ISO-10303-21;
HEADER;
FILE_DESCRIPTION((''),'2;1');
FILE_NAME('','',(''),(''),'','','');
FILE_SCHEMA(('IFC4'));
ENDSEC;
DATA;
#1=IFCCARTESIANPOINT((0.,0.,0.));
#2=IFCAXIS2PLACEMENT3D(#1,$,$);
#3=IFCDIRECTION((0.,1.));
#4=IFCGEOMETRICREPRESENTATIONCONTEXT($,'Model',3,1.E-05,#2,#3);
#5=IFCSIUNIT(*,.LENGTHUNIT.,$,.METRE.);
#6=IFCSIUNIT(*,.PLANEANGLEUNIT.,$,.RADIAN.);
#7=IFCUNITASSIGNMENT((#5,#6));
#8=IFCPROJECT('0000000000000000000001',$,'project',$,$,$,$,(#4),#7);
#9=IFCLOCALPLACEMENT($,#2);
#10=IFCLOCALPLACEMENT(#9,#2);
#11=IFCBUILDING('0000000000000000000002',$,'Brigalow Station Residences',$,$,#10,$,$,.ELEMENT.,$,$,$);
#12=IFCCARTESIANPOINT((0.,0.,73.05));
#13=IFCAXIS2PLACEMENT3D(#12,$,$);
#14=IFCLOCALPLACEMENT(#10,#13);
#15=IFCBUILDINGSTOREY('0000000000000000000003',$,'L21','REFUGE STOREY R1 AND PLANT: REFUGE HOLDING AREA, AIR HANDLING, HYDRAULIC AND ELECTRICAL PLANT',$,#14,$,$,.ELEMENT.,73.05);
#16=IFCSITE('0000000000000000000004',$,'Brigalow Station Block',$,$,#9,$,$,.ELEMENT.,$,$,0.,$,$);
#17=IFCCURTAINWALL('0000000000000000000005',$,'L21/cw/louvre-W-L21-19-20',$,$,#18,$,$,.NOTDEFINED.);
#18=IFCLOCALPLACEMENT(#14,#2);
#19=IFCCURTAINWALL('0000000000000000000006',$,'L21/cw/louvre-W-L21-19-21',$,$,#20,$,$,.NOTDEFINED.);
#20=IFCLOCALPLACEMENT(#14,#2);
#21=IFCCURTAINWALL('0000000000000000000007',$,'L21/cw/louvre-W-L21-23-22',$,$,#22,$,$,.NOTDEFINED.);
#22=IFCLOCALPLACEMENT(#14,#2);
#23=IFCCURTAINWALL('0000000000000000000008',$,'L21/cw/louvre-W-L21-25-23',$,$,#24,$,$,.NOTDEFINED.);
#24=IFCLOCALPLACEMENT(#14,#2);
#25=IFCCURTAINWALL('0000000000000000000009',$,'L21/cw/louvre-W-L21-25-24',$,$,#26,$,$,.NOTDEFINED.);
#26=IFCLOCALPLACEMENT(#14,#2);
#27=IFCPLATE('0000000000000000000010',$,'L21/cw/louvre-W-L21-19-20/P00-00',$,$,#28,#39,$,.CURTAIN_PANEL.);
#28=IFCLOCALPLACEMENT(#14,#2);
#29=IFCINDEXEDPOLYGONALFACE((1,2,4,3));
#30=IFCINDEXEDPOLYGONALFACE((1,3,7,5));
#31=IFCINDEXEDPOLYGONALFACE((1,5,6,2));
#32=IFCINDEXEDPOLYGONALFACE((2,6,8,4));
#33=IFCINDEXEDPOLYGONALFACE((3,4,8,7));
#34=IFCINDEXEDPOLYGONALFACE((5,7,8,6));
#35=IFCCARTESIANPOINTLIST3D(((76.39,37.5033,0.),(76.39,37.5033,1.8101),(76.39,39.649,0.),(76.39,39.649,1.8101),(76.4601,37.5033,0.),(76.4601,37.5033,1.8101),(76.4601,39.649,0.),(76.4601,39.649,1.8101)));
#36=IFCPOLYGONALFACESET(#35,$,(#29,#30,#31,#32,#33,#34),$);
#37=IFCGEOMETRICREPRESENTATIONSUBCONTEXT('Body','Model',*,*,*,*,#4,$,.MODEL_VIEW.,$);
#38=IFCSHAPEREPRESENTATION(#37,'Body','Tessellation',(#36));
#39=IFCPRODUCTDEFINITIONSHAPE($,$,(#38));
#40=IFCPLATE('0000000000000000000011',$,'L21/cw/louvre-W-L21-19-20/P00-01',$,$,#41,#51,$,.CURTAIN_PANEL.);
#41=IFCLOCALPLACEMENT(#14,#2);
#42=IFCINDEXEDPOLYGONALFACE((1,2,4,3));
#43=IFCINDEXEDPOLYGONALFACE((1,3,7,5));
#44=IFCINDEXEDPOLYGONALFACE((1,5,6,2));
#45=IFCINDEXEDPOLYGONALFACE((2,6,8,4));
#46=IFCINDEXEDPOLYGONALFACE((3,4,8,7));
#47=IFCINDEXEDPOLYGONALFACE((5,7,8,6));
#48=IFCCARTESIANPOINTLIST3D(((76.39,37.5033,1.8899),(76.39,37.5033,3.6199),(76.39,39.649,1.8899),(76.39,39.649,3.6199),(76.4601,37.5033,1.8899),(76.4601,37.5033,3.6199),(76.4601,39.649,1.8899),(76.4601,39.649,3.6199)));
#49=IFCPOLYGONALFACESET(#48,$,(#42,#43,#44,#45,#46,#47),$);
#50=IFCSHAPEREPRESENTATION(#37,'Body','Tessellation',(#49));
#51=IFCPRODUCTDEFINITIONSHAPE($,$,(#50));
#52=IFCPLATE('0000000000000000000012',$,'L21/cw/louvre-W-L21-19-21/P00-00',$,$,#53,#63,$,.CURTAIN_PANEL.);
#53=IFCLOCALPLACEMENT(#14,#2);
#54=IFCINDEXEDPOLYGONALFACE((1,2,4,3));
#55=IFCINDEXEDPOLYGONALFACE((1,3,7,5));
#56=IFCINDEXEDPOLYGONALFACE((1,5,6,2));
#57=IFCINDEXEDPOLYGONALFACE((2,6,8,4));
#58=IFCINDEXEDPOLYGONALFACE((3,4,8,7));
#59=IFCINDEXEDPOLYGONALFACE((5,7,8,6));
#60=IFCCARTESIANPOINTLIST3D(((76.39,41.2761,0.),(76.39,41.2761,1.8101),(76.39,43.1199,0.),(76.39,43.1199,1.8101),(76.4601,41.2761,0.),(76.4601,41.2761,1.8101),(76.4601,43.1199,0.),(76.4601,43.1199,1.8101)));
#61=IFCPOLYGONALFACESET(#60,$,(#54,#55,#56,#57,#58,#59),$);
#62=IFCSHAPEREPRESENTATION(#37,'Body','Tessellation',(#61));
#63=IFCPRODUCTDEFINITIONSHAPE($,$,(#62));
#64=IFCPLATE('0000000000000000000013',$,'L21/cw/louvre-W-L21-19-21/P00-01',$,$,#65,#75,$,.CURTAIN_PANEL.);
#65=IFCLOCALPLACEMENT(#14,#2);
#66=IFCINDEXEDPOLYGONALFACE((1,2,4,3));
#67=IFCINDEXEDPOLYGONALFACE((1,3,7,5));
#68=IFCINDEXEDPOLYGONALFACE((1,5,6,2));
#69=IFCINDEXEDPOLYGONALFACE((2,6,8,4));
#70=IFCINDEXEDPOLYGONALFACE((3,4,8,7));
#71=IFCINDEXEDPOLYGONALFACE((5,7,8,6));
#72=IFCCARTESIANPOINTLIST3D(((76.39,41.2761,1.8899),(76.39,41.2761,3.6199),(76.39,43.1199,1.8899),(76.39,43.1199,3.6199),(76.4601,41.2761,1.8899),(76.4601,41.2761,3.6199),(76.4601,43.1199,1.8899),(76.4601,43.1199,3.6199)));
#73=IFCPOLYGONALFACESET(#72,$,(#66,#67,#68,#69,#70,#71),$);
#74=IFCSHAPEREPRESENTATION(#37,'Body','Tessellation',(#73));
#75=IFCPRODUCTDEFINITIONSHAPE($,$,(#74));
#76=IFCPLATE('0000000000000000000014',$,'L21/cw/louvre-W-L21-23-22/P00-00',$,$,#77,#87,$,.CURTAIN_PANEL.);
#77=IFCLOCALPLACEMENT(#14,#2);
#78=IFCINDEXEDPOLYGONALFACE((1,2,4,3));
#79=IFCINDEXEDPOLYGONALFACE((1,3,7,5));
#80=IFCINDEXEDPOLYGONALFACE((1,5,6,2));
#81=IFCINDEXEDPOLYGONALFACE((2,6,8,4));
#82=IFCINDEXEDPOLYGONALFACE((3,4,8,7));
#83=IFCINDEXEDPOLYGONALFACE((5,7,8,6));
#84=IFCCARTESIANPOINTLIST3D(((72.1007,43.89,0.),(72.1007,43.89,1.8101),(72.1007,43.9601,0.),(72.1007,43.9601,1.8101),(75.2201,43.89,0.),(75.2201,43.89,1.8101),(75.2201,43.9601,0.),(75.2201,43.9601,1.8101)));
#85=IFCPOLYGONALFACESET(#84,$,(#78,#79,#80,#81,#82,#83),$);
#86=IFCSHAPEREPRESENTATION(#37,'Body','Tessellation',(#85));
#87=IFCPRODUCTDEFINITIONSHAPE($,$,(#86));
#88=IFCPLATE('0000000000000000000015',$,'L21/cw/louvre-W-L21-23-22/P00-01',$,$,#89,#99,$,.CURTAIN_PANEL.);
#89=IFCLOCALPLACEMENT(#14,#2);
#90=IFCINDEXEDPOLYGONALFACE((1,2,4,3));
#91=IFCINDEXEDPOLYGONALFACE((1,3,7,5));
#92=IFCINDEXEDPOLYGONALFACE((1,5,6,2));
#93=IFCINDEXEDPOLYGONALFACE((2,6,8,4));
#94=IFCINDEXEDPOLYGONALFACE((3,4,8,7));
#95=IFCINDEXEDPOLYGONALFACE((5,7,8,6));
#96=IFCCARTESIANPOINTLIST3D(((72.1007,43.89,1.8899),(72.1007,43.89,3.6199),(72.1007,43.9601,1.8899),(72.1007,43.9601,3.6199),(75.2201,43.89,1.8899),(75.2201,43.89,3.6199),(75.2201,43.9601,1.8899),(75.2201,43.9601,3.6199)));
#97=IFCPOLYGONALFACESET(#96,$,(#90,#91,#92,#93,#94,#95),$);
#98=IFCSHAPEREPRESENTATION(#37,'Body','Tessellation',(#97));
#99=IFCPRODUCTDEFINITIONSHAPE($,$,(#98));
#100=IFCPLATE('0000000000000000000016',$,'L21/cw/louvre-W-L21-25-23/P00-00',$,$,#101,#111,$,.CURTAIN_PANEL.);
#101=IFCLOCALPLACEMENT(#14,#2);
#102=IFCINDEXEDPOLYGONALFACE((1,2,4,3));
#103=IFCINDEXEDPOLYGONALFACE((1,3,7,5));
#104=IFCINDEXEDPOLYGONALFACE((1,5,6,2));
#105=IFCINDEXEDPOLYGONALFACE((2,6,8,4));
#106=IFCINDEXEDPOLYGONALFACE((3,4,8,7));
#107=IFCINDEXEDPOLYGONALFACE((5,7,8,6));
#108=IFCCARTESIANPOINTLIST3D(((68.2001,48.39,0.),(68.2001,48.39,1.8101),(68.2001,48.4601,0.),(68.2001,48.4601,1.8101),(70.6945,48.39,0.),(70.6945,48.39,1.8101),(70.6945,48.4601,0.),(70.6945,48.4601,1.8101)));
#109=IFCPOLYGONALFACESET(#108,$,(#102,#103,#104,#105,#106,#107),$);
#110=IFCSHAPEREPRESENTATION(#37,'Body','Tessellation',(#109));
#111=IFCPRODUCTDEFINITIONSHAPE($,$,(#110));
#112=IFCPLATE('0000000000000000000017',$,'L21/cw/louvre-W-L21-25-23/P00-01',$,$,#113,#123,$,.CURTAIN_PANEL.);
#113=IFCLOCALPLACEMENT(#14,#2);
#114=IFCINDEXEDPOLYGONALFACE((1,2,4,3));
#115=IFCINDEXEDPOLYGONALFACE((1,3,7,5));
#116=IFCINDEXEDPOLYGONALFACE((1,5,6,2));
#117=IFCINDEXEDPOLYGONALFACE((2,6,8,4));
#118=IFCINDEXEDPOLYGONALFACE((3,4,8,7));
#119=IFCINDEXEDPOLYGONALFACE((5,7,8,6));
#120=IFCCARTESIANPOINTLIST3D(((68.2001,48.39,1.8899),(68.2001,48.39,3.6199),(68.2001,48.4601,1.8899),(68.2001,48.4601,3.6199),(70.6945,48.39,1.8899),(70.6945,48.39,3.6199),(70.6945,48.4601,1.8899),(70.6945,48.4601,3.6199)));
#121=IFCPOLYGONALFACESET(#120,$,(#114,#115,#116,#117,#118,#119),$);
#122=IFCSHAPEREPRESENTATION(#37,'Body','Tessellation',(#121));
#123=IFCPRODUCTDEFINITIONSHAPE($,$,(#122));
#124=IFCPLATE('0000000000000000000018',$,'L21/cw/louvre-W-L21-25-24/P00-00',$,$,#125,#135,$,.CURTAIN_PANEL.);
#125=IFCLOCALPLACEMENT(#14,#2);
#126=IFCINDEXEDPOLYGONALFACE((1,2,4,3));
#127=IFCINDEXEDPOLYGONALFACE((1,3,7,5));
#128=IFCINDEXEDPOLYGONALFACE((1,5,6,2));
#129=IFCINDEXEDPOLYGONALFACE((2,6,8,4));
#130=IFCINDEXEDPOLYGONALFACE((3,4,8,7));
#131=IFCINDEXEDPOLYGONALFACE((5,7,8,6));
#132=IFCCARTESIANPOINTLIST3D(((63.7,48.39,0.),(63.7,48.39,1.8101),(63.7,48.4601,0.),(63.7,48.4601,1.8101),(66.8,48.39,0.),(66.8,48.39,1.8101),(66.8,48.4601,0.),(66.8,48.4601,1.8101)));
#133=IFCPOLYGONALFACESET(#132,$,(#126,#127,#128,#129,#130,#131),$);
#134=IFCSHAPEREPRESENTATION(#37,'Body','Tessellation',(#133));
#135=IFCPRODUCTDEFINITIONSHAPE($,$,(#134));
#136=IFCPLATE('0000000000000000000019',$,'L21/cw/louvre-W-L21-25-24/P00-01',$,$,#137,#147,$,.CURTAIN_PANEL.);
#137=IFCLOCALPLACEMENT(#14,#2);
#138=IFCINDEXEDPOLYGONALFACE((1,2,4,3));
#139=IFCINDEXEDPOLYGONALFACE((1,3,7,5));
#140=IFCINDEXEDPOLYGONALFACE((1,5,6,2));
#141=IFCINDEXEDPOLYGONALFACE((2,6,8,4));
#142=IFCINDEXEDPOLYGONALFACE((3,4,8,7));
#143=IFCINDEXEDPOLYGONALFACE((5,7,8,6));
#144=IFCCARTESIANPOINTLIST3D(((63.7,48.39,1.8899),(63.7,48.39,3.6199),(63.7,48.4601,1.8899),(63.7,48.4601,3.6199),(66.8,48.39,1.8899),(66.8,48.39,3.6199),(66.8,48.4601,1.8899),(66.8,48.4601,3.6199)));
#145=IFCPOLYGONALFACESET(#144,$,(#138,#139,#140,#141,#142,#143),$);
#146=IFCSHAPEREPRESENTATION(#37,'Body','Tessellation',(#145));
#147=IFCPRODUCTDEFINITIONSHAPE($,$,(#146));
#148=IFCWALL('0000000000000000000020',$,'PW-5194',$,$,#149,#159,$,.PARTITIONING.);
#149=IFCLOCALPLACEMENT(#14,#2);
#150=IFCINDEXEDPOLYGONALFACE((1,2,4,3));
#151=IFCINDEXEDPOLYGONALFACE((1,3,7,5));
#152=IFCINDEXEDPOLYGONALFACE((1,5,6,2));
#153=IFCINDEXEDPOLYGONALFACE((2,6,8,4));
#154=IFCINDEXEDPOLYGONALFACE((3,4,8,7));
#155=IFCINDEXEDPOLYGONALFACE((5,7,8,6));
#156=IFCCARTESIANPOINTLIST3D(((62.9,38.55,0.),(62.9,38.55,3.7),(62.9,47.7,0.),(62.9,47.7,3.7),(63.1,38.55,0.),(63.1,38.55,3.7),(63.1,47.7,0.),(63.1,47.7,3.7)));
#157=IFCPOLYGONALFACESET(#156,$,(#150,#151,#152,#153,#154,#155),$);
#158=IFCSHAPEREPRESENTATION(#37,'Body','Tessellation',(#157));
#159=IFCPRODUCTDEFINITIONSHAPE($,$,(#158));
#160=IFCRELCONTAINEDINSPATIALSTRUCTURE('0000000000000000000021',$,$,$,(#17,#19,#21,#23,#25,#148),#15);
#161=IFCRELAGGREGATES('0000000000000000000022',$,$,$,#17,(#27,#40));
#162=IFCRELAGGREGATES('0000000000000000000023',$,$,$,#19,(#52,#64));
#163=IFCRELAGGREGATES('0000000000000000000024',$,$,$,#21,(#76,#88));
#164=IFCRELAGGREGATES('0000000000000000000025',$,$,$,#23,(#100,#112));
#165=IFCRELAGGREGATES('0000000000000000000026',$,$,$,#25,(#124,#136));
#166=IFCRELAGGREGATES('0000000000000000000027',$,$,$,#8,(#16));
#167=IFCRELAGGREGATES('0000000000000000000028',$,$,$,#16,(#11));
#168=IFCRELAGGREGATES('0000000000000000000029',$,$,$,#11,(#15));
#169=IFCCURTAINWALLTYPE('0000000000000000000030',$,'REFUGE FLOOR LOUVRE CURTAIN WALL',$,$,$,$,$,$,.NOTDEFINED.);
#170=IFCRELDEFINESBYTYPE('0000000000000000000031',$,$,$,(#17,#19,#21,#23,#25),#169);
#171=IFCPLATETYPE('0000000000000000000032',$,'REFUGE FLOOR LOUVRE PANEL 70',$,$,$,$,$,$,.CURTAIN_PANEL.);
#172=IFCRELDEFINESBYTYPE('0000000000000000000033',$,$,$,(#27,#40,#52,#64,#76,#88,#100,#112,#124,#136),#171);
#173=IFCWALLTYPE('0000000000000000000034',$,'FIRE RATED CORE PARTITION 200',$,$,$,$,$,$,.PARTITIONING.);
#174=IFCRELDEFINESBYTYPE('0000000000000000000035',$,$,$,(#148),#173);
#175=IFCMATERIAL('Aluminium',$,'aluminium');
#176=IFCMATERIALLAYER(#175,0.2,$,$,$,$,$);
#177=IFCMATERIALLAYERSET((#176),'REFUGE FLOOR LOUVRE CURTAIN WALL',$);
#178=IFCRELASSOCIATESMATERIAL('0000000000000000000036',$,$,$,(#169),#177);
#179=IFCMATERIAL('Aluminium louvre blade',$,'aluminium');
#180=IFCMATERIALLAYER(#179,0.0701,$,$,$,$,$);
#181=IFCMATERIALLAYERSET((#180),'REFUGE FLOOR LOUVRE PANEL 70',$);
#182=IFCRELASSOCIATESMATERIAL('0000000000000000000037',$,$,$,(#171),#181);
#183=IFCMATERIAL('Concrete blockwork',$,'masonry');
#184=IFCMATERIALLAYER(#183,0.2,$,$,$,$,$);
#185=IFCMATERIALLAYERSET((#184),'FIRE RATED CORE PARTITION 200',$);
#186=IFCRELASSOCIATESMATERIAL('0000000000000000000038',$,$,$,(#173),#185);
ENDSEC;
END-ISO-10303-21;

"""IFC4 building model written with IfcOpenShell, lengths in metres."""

from ifc_helpers import new_model, si_unit, direction, frame, frame_2d, origin, origin_2d, place, context, subcontext, project, spatial, rectangle, extrude, material, layer, layer_set, type_object, element, aggregate, save


model = new_model("IFC4")

# Units and contexts
model_context = context("Model", 3, precision=1e-05, world=origin(), true_north=direction((0.0, 1.0)))
body_context = subcontext(model_context, "Body", "Model", "MODEL_VIEW")
ifc_project = project(units=[si_unit("LENGTHUNIT", "METRE"), si_unit("PLANEANGLEUNIT", "RADIAN")], contexts=[model_context])

# Site, building, storey
site_placement = place(None, origin())
site = spatial("IfcSite", under=ifc_project, at=site_placement, Name="Brigalow Station Block", CompositionType="ELEMENT", RefElevation=0.0)
building_placement = place(site_placement, origin())
building = spatial("IfcBuilding", under=site, at=building_placement, Name="Brigalow Station Residences", CompositionType="ELEMENT")
storey_placement = place(building_placement, frame((0.0, 0.0, 73.05)))
storey = spatial("IfcBuildingStorey", under=building, at=storey_placement, Name="L21", Description="REFUGE STOREY R1 AND PLANT: REFUGE HOLDING AREA, AIR HANDLING, HYDRAULIC AND ELECTRICAL PLANT", CompositionType="ELEMENT", Elevation=73.05)

# Curtain wall
ifc_material_1 = material(Name="Aluminium", Category="aluminium")
ifc_layer_1 = layer(ifc_material_1, 0.2)
ifc_layer_set_1 = layer_set([ifc_layer_1], Name="REFUGE FLOOR LOUVRE CURTAIN WALL")
curtain_wall_type = type_object("IfcCurtainWallType", Name="REFUGE FLOOR LOUVRE CURTAIN WALL", PredefinedType="NOTDEFINED", material=ifc_layer_set_1)
curtain_wall_1_placement = place(storey_placement, origin())
curtain_wall_1 = element("IfcCurtainWall", 1, at=curtain_wall_1_placement, inside=storey, type_object=curtain_wall_type, Name="L21/cw/louvre-W-L21-19-20", PredefinedType="NOTDEFINED")

# Curtain walls
curtain_wall_2_placement = place(storey_placement, origin())
curtain_wall_2 = element("IfcCurtainWall", 2, at=curtain_wall_2_placement, inside=storey, type_object=curtain_wall_type, Name="L21/cw/louvre-W-L21-19-21", PredefinedType="NOTDEFINED")
curtain_wall_3_placement = place(storey_placement, origin())
curtain_wall_3 = element("IfcCurtainWall", 3, at=curtain_wall_3_placement, inside=storey, type_object=curtain_wall_type, Name="L21/cw/louvre-W-L21-23-22", PredefinedType="NOTDEFINED")
curtain_wall_4_placement = place(storey_placement, origin())
curtain_wall_4 = element("IfcCurtainWall", 4, at=curtain_wall_4_placement, inside=storey, type_object=curtain_wall_type, Name="L21/cw/louvre-W-L21-25-23", PredefinedType="NOTDEFINED")
curtain_wall_5_placement = place(storey_placement, origin())
curtain_wall_5 = element("IfcCurtainWall", 5, at=curtain_wall_5_placement, inside=storey, type_object=curtain_wall_type, Name="L21/cw/louvre-W-L21-25-24", PredefinedType="NOTDEFINED")

# Plates
ifc_material_2 = material(Name="Aluminium louvre blade", Category="aluminium")
ifc_layer_2 = layer(ifc_material_2, 0.0701)
ifc_layer_set_2 = layer_set([ifc_layer_2], Name="REFUGE FLOOR LOUVRE PANEL 70")
plate_type = type_object("IfcPlateType", Name="REFUGE FLOOR LOUVRE PANEL 70", PredefinedType="CURTAIN_PANEL", material=ifc_layer_set_2)
plate_1_placement = place(storey_placement, frame((76.425, 38.5762, 0.0), z_axis=(0.0, 0.0, 1.0), x_axis=(0.0, 1.0, 0.0)))
plate_1 = element("IfcPlate", 6, at=plate_1_placement, type_object=plate_type, Name="L21/cw/louvre-W-L21-19-20/P00-00", PredefinedType="CURTAIN_PANEL", context=body_context, shape_type="SweptSolid", body=[
    extrude(rectangle(XDim=2.1458, YDim=0.0701, at=origin_2d()), origin(), (0.0, 0.0, 1.0), 1.8101),
])
plate_2_placement = place(storey_placement, frame((76.425, 38.5762, 1.8899), z_axis=(0.0, 0.0, 1.0), x_axis=(0.0, 1.0, 0.0)))
plate_2 = element("IfcPlate", 7, at=plate_2_placement, type_object=plate_type, Name="L21/cw/louvre-W-L21-19-20/P00-01", PredefinedType="CURTAIN_PANEL", context=body_context, shape_type="SweptSolid", body=[
    extrude(rectangle(XDim=2.1458, YDim=0.0701, at=origin_2d()), origin(), (0.0, 0.0, 1.0), 1.73),
])
aggregate(curtain_wall_1, [plate_1, plate_2])
plate_3_placement = place(storey_placement, frame((76.425, 42.198, 0.0), z_axis=(0.0, 0.0, 1.0), x_axis=(0.0, 1.0, 0.0)))
plate_3 = element("IfcPlate", 8, at=plate_3_placement, type_object=plate_type, Name="L21/cw/louvre-W-L21-19-21/P00-00", PredefinedType="CURTAIN_PANEL", context=body_context, shape_type="SweptSolid", body=[
    extrude(rectangle(XDim=1.8438, YDim=0.0701, at=origin_2d()), origin(), (0.0, 0.0, 1.0), 1.8101),
])
plate_4_placement = place(storey_placement, frame((76.425, 42.198, 1.8899), z_axis=(0.0, 0.0, 1.0), x_axis=(0.0, 1.0, 0.0)))
plate_4 = element("IfcPlate", 9, at=plate_4_placement, type_object=plate_type, Name="L21/cw/louvre-W-L21-19-21/P00-01", PredefinedType="CURTAIN_PANEL", context=body_context, shape_type="SweptSolid", body=[
    extrude(rectangle(XDim=1.8438, YDim=0.0701, at=origin_2d()), origin(), (0.0, 0.0, 1.0), 1.73),
])
aggregate(curtain_wall_2, [plate_3, plate_4])
plate_5_placement = place(storey_placement, frame((73.6604, 43.925, 0.0), z_axis=(0.0, 0.0, 1.0), x_axis=(-1.0, 0.0, 0.0)))
plate_5 = element("IfcPlate", 10, at=plate_5_placement, type_object=plate_type, Name="L21/cw/louvre-W-L21-23-22/P00-00", PredefinedType="CURTAIN_PANEL", context=body_context, shape_type="SweptSolid", body=[
    extrude(rectangle(XDim=3.1194, YDim=0.0701, at=origin_2d()), origin(), (0.0, 0.0, 1.0), 1.8101),
])
plate_6_placement = place(storey_placement, frame((73.6604, 43.925, 1.8899), z_axis=(0.0, 0.0, 1.0), x_axis=(-1.0, 0.0, 0.0)))
plate_6 = element("IfcPlate", 11, at=plate_6_placement, type_object=plate_type, Name="L21/cw/louvre-W-L21-23-22/P00-01", PredefinedType="CURTAIN_PANEL", context=body_context, shape_type="SweptSolid", body=[
    extrude(rectangle(XDim=3.1194, YDim=0.0701, at=origin_2d()), origin(), (0.0, 0.0, 1.0), 1.73),
])
aggregate(curtain_wall_3, [plate_5, plate_6])
plate_7_placement = place(storey_placement, frame((69.4473, 48.425, 0.0), z_axis=(0.0, 0.0, 1.0), x_axis=(-1.0, 0.0, 0.0)))
plate_7 = element("IfcPlate", 12, at=plate_7_placement, type_object=plate_type, Name="L21/cw/louvre-W-L21-25-23/P00-00", PredefinedType="CURTAIN_PANEL", context=body_context, shape_type="SweptSolid", body=[
    extrude(rectangle(XDim=2.4944, YDim=0.0701, at=origin_2d()), origin(), (0.0, 0.0, 1.0), 1.8101),
])
plate_8_placement = place(storey_placement, frame((69.4473, 48.425, 1.8899), z_axis=(0.0, 0.0, 1.0), x_axis=(-1.0, 0.0, 0.0)))
plate_8 = element("IfcPlate", 13, at=plate_8_placement, type_object=plate_type, Name="L21/cw/louvre-W-L21-25-23/P00-01", PredefinedType="CURTAIN_PANEL", context=body_context, shape_type="SweptSolid", body=[
    extrude(rectangle(XDim=2.4944, YDim=0.0701, at=origin_2d()), origin(), (0.0, 0.0, 1.0), 1.73),
])
aggregate(curtain_wall_4, [plate_7, plate_8])
plate_9_placement = place(storey_placement, frame((65.25, 48.425, 0.0), z_axis=(0.0, 0.0, 1.0), x_axis=(-1.0, 0.0, 0.0)))
plate_9 = element("IfcPlate", 14, at=plate_9_placement, type_object=plate_type, Name="L21/cw/louvre-W-L21-25-24/P00-00", PredefinedType="CURTAIN_PANEL", context=body_context, shape_type="SweptSolid", body=[
    extrude(rectangle(XDim=3.1001, YDim=0.0701, at=origin_2d()), origin(), (0.0, 0.0, 1.0), 1.8101),
])
plate_10_placement = place(storey_placement, frame((65.25, 48.425, 1.8899), z_axis=(0.0, 0.0, 1.0), x_axis=(-1.0, 0.0, 0.0)))
plate_10 = element("IfcPlate", 15, at=plate_10_placement, type_object=plate_type, Name="L21/cw/louvre-W-L21-25-24/P00-01", PredefinedType="CURTAIN_PANEL", context=body_context, shape_type="SweptSolid", body=[
    extrude(rectangle(XDim=3.1001, YDim=0.0701, at=origin_2d()), origin(), (0.0, 0.0, 1.0), 1.73),
])
aggregate(curtain_wall_5, [plate_9, plate_10])

# Wall
ifc_material_3 = material(Name="Concrete blockwork", Category="masonry")
ifc_layer_3 = layer(ifc_material_3, 0.2)
ifc_layer_set_3 = layer_set([ifc_layer_3], Name="FIRE RATED CORE PARTITION 200")
wall_type = type_object("IfcWallType", Name="FIRE RATED CORE PARTITION 200", PredefinedType="PARTITIONING", material=ifc_layer_set_3)
wall_placement = place(storey_placement, frame((63.0, 38.55, 0.0), z_axis=(0.0, 0.0, 1.0), x_axis=(0.0, 1.0, 0.0)))
element("IfcWall", 16, at=wall_placement, inside=storey, type_object=wall_type, Name="PW-5194", PredefinedType="PARTITIONING", context=body_context, shape_type="SweptSolid", body=[
    extrude(rectangle(XDim=9.1499, YDim=0.2, at=frame_2d((4.575, 0.0))), origin(), (0.0, 0.0, 1.0), 3.7),
])

save(model, "model.ifc")
